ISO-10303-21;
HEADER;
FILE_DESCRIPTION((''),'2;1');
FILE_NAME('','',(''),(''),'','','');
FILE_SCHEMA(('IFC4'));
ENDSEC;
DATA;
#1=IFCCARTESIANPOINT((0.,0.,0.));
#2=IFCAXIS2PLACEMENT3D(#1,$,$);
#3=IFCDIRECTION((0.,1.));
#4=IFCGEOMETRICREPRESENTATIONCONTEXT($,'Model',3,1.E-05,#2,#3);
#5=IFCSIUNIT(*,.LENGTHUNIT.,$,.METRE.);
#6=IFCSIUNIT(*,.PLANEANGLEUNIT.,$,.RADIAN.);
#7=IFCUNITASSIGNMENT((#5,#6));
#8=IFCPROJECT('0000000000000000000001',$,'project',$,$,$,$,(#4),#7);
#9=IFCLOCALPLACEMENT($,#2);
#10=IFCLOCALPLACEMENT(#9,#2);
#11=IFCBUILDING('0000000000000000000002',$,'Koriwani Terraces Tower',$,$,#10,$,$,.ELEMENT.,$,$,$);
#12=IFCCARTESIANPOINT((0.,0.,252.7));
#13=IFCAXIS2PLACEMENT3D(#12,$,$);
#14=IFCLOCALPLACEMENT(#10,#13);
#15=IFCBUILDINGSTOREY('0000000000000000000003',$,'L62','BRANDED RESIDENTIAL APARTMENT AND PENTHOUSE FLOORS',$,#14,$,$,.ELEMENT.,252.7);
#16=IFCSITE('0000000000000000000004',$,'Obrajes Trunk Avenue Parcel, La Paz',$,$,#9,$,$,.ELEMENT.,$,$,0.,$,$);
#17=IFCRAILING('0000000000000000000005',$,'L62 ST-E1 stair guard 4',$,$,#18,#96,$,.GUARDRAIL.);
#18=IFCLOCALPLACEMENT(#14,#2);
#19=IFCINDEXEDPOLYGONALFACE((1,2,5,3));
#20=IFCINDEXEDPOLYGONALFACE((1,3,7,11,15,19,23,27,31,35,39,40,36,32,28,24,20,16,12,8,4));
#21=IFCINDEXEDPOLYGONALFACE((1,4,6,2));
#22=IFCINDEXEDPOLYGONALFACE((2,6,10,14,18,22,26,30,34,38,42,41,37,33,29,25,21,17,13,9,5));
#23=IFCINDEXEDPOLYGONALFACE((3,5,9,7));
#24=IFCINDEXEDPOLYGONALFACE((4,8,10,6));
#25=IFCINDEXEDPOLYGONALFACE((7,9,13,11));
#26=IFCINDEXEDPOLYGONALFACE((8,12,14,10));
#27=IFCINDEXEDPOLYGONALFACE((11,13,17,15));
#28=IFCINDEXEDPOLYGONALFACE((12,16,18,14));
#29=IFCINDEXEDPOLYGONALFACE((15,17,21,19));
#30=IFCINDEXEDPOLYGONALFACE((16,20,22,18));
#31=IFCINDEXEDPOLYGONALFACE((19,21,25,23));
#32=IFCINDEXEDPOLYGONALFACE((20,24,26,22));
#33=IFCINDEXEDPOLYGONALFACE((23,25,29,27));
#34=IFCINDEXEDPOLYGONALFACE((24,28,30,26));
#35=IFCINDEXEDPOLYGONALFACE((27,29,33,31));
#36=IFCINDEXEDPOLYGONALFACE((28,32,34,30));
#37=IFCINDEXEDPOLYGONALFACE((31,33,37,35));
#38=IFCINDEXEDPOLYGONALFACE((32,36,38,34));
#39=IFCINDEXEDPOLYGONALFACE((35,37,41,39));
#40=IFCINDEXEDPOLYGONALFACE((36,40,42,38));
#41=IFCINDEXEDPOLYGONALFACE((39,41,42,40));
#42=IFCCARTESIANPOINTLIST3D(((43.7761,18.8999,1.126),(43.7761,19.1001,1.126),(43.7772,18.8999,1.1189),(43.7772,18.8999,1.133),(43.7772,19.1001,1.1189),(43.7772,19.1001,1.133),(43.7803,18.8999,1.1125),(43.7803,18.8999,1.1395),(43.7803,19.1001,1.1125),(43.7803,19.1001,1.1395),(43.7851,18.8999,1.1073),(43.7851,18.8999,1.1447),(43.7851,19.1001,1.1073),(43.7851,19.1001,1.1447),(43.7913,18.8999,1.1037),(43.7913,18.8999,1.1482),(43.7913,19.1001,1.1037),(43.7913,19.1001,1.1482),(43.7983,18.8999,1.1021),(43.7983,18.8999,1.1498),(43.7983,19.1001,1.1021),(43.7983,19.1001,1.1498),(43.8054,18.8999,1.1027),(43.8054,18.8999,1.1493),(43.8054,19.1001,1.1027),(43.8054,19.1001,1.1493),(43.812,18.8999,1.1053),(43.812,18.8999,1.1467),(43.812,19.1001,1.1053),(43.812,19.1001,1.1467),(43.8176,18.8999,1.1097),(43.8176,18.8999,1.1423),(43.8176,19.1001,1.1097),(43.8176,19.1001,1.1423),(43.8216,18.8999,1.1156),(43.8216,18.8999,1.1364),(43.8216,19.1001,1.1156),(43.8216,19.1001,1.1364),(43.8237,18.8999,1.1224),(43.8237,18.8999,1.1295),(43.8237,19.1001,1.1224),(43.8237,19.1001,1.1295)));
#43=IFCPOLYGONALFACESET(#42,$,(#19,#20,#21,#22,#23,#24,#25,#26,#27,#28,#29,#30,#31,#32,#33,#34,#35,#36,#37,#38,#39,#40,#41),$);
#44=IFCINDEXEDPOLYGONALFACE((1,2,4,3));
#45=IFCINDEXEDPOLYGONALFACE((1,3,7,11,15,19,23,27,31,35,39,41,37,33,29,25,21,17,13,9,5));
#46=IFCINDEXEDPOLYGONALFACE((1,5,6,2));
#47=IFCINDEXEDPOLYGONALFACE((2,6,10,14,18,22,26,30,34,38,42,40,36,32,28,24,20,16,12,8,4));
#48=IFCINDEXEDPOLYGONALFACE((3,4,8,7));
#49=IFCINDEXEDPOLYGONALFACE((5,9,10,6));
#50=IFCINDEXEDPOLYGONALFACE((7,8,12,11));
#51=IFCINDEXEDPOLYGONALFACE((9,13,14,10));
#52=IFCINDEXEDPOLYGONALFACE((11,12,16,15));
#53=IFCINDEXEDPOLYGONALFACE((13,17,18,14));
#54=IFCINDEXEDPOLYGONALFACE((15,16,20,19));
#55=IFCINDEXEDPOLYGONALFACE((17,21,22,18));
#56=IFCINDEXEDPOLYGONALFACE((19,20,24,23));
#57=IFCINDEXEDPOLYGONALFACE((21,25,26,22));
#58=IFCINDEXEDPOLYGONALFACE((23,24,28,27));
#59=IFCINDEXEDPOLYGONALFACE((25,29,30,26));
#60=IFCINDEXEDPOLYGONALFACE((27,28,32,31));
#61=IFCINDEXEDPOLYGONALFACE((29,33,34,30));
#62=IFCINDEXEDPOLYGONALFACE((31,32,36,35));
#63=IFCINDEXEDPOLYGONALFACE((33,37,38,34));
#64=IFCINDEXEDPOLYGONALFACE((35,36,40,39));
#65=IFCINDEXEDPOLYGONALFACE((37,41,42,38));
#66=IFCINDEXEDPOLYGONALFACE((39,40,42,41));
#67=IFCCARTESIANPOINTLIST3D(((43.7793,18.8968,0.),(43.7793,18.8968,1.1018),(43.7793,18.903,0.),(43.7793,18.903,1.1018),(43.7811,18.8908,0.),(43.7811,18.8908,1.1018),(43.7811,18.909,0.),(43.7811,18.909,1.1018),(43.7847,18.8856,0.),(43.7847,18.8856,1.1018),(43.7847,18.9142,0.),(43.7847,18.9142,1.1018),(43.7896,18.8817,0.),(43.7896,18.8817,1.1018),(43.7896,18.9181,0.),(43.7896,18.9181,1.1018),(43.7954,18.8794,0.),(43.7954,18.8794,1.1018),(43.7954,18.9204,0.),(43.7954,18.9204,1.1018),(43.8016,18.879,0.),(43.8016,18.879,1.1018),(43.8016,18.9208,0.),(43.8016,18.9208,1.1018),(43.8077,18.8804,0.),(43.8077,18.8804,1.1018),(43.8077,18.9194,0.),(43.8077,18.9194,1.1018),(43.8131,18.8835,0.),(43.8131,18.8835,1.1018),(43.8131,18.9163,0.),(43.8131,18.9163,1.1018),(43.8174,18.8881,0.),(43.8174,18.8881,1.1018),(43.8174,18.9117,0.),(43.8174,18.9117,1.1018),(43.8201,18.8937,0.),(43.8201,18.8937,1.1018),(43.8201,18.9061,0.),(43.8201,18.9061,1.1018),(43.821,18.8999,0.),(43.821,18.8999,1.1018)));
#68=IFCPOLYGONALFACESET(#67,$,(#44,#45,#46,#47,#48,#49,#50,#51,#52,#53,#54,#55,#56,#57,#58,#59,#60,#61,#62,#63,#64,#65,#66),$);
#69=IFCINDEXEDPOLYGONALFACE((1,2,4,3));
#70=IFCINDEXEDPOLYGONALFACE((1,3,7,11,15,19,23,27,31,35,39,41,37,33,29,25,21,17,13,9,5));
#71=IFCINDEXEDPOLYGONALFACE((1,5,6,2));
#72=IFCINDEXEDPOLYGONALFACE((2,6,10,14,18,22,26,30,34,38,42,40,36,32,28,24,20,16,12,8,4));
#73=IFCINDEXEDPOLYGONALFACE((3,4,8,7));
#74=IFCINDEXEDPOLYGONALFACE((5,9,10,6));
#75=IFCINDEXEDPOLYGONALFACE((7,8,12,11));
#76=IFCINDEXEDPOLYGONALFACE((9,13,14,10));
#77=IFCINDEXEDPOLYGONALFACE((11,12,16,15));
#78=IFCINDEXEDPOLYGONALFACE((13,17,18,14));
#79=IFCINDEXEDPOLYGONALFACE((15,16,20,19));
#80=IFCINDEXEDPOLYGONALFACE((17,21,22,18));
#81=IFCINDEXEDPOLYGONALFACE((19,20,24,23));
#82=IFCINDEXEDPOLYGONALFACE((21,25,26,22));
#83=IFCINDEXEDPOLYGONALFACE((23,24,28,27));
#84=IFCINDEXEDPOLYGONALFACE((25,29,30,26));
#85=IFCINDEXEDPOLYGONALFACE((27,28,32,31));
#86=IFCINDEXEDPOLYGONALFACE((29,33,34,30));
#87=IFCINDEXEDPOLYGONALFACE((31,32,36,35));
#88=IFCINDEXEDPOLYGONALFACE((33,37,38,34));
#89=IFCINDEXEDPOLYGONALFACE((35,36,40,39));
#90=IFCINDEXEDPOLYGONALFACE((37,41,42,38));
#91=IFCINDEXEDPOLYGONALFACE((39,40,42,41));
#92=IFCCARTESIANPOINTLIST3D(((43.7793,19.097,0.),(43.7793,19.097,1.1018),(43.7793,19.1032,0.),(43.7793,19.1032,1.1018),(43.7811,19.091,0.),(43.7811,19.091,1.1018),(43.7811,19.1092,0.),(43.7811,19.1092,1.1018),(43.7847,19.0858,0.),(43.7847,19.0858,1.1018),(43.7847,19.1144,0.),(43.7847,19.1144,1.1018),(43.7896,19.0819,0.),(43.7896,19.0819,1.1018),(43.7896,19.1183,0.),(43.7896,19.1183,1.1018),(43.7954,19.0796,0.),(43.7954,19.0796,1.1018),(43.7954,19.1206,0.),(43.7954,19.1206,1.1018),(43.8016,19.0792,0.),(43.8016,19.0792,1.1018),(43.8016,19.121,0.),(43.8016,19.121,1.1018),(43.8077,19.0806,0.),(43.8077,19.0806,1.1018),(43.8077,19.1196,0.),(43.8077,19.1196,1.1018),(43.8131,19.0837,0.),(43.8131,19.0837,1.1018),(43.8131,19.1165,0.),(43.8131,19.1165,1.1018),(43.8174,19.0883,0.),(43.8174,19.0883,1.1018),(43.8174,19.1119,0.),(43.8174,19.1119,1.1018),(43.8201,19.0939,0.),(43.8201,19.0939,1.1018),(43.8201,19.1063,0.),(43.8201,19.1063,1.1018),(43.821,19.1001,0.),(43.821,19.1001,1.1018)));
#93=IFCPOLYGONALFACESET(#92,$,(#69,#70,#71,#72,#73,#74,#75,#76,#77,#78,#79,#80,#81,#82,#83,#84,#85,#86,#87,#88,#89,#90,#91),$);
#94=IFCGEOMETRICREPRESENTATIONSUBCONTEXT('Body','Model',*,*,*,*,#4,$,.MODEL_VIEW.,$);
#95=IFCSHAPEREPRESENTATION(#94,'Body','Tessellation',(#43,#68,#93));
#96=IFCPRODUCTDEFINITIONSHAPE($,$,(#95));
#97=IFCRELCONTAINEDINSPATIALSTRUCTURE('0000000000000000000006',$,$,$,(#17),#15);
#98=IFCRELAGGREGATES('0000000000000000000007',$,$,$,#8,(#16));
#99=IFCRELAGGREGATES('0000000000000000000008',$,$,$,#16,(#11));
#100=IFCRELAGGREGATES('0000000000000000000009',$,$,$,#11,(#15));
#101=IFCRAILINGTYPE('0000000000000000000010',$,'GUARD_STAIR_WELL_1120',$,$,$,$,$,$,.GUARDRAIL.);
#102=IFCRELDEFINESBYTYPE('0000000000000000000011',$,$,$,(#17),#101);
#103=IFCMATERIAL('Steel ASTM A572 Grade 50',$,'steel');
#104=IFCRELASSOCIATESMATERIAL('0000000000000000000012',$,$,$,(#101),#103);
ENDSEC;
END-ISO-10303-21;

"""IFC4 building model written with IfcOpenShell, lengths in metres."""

from ifc_helpers import new_model, si_unit, direction, frame, origin, origin_2d, place, context, subcontext, project, spatial, circle, extrude, material, type_object, element, save


model = new_model("IFC4")

# Units and contexts
model_context = context("Model", 3, precision=1e-05, world=origin(), true_north=direction((0.0, 1.0)))
body_context = subcontext(model_context, "Body", "Model", "MODEL_VIEW")
ifc_project = project(units=[si_unit("LENGTHUNIT", "METRE"), si_unit("PLANEANGLEUNIT", "RADIAN")], contexts=[model_context])

# Site, building, storey
site_placement = place(None, origin())
site = spatial("IfcSite", under=ifc_project, at=site_placement, Name="Obrajes Trunk Avenue Parcel, La Paz", CompositionType="ELEMENT", RefElevation=0.0)
building_placement = place(site_placement, origin())
building = spatial("IfcBuilding", under=site, at=building_placement, Name="Koriwani Terraces Tower", CompositionType="ELEMENT")
storey_placement = place(building_placement, frame((0.0, 0.0, 252.7)))
storey = spatial("IfcBuildingStorey", under=building, at=storey_placement, Name="L62", Description="BRANDED RESIDENTIAL APARTMENT AND PENTHOUSE FLOORS", CompositionType="ELEMENT", Elevation=252.7)

# Shared definitions
ifc_material_1 = material(Name="Steel ASTM A572 Grade 50", Category="steel")

# Railing
railing_type_1 = type_object("IfcRailingType", Name="GUARD_STAIR_WELL_1120", PredefinedType="GUARDRAIL", material=ifc_material_1)
railing_1_placement = place(storey_placement, frame((43.8, 18.8999, 0.0)))
element("IfcRailing", 1, at=railing_1_placement, inside=storey, type_object=railing_type_1, Name="L62 ST-E1 stair guard 4", PredefinedType="GUARDRAIL", context=body_context, shape_type="SweptSolid", body=[
    extrude(circle(Radius=0.0239, at=origin_2d()), frame((0.0, 0.0, 1.126), z_axis=(0.0, 1.0, 0.0), x_axis=(-1.0, 0.0, 0.0)), (0.0, 0.0, 1.0), 0.2002),
    extrude(circle(Radius=0.021, at=origin_2d()), origin(), (0.0, 0.0, 1.0), 1.1018),
    extrude(circle(Radius=0.021, at=origin_2d()), frame((0.0, 0.2002, 0.0)), (0.0, 0.0, 1.0), 1.1018),
])

save(model, "model.ifc")
